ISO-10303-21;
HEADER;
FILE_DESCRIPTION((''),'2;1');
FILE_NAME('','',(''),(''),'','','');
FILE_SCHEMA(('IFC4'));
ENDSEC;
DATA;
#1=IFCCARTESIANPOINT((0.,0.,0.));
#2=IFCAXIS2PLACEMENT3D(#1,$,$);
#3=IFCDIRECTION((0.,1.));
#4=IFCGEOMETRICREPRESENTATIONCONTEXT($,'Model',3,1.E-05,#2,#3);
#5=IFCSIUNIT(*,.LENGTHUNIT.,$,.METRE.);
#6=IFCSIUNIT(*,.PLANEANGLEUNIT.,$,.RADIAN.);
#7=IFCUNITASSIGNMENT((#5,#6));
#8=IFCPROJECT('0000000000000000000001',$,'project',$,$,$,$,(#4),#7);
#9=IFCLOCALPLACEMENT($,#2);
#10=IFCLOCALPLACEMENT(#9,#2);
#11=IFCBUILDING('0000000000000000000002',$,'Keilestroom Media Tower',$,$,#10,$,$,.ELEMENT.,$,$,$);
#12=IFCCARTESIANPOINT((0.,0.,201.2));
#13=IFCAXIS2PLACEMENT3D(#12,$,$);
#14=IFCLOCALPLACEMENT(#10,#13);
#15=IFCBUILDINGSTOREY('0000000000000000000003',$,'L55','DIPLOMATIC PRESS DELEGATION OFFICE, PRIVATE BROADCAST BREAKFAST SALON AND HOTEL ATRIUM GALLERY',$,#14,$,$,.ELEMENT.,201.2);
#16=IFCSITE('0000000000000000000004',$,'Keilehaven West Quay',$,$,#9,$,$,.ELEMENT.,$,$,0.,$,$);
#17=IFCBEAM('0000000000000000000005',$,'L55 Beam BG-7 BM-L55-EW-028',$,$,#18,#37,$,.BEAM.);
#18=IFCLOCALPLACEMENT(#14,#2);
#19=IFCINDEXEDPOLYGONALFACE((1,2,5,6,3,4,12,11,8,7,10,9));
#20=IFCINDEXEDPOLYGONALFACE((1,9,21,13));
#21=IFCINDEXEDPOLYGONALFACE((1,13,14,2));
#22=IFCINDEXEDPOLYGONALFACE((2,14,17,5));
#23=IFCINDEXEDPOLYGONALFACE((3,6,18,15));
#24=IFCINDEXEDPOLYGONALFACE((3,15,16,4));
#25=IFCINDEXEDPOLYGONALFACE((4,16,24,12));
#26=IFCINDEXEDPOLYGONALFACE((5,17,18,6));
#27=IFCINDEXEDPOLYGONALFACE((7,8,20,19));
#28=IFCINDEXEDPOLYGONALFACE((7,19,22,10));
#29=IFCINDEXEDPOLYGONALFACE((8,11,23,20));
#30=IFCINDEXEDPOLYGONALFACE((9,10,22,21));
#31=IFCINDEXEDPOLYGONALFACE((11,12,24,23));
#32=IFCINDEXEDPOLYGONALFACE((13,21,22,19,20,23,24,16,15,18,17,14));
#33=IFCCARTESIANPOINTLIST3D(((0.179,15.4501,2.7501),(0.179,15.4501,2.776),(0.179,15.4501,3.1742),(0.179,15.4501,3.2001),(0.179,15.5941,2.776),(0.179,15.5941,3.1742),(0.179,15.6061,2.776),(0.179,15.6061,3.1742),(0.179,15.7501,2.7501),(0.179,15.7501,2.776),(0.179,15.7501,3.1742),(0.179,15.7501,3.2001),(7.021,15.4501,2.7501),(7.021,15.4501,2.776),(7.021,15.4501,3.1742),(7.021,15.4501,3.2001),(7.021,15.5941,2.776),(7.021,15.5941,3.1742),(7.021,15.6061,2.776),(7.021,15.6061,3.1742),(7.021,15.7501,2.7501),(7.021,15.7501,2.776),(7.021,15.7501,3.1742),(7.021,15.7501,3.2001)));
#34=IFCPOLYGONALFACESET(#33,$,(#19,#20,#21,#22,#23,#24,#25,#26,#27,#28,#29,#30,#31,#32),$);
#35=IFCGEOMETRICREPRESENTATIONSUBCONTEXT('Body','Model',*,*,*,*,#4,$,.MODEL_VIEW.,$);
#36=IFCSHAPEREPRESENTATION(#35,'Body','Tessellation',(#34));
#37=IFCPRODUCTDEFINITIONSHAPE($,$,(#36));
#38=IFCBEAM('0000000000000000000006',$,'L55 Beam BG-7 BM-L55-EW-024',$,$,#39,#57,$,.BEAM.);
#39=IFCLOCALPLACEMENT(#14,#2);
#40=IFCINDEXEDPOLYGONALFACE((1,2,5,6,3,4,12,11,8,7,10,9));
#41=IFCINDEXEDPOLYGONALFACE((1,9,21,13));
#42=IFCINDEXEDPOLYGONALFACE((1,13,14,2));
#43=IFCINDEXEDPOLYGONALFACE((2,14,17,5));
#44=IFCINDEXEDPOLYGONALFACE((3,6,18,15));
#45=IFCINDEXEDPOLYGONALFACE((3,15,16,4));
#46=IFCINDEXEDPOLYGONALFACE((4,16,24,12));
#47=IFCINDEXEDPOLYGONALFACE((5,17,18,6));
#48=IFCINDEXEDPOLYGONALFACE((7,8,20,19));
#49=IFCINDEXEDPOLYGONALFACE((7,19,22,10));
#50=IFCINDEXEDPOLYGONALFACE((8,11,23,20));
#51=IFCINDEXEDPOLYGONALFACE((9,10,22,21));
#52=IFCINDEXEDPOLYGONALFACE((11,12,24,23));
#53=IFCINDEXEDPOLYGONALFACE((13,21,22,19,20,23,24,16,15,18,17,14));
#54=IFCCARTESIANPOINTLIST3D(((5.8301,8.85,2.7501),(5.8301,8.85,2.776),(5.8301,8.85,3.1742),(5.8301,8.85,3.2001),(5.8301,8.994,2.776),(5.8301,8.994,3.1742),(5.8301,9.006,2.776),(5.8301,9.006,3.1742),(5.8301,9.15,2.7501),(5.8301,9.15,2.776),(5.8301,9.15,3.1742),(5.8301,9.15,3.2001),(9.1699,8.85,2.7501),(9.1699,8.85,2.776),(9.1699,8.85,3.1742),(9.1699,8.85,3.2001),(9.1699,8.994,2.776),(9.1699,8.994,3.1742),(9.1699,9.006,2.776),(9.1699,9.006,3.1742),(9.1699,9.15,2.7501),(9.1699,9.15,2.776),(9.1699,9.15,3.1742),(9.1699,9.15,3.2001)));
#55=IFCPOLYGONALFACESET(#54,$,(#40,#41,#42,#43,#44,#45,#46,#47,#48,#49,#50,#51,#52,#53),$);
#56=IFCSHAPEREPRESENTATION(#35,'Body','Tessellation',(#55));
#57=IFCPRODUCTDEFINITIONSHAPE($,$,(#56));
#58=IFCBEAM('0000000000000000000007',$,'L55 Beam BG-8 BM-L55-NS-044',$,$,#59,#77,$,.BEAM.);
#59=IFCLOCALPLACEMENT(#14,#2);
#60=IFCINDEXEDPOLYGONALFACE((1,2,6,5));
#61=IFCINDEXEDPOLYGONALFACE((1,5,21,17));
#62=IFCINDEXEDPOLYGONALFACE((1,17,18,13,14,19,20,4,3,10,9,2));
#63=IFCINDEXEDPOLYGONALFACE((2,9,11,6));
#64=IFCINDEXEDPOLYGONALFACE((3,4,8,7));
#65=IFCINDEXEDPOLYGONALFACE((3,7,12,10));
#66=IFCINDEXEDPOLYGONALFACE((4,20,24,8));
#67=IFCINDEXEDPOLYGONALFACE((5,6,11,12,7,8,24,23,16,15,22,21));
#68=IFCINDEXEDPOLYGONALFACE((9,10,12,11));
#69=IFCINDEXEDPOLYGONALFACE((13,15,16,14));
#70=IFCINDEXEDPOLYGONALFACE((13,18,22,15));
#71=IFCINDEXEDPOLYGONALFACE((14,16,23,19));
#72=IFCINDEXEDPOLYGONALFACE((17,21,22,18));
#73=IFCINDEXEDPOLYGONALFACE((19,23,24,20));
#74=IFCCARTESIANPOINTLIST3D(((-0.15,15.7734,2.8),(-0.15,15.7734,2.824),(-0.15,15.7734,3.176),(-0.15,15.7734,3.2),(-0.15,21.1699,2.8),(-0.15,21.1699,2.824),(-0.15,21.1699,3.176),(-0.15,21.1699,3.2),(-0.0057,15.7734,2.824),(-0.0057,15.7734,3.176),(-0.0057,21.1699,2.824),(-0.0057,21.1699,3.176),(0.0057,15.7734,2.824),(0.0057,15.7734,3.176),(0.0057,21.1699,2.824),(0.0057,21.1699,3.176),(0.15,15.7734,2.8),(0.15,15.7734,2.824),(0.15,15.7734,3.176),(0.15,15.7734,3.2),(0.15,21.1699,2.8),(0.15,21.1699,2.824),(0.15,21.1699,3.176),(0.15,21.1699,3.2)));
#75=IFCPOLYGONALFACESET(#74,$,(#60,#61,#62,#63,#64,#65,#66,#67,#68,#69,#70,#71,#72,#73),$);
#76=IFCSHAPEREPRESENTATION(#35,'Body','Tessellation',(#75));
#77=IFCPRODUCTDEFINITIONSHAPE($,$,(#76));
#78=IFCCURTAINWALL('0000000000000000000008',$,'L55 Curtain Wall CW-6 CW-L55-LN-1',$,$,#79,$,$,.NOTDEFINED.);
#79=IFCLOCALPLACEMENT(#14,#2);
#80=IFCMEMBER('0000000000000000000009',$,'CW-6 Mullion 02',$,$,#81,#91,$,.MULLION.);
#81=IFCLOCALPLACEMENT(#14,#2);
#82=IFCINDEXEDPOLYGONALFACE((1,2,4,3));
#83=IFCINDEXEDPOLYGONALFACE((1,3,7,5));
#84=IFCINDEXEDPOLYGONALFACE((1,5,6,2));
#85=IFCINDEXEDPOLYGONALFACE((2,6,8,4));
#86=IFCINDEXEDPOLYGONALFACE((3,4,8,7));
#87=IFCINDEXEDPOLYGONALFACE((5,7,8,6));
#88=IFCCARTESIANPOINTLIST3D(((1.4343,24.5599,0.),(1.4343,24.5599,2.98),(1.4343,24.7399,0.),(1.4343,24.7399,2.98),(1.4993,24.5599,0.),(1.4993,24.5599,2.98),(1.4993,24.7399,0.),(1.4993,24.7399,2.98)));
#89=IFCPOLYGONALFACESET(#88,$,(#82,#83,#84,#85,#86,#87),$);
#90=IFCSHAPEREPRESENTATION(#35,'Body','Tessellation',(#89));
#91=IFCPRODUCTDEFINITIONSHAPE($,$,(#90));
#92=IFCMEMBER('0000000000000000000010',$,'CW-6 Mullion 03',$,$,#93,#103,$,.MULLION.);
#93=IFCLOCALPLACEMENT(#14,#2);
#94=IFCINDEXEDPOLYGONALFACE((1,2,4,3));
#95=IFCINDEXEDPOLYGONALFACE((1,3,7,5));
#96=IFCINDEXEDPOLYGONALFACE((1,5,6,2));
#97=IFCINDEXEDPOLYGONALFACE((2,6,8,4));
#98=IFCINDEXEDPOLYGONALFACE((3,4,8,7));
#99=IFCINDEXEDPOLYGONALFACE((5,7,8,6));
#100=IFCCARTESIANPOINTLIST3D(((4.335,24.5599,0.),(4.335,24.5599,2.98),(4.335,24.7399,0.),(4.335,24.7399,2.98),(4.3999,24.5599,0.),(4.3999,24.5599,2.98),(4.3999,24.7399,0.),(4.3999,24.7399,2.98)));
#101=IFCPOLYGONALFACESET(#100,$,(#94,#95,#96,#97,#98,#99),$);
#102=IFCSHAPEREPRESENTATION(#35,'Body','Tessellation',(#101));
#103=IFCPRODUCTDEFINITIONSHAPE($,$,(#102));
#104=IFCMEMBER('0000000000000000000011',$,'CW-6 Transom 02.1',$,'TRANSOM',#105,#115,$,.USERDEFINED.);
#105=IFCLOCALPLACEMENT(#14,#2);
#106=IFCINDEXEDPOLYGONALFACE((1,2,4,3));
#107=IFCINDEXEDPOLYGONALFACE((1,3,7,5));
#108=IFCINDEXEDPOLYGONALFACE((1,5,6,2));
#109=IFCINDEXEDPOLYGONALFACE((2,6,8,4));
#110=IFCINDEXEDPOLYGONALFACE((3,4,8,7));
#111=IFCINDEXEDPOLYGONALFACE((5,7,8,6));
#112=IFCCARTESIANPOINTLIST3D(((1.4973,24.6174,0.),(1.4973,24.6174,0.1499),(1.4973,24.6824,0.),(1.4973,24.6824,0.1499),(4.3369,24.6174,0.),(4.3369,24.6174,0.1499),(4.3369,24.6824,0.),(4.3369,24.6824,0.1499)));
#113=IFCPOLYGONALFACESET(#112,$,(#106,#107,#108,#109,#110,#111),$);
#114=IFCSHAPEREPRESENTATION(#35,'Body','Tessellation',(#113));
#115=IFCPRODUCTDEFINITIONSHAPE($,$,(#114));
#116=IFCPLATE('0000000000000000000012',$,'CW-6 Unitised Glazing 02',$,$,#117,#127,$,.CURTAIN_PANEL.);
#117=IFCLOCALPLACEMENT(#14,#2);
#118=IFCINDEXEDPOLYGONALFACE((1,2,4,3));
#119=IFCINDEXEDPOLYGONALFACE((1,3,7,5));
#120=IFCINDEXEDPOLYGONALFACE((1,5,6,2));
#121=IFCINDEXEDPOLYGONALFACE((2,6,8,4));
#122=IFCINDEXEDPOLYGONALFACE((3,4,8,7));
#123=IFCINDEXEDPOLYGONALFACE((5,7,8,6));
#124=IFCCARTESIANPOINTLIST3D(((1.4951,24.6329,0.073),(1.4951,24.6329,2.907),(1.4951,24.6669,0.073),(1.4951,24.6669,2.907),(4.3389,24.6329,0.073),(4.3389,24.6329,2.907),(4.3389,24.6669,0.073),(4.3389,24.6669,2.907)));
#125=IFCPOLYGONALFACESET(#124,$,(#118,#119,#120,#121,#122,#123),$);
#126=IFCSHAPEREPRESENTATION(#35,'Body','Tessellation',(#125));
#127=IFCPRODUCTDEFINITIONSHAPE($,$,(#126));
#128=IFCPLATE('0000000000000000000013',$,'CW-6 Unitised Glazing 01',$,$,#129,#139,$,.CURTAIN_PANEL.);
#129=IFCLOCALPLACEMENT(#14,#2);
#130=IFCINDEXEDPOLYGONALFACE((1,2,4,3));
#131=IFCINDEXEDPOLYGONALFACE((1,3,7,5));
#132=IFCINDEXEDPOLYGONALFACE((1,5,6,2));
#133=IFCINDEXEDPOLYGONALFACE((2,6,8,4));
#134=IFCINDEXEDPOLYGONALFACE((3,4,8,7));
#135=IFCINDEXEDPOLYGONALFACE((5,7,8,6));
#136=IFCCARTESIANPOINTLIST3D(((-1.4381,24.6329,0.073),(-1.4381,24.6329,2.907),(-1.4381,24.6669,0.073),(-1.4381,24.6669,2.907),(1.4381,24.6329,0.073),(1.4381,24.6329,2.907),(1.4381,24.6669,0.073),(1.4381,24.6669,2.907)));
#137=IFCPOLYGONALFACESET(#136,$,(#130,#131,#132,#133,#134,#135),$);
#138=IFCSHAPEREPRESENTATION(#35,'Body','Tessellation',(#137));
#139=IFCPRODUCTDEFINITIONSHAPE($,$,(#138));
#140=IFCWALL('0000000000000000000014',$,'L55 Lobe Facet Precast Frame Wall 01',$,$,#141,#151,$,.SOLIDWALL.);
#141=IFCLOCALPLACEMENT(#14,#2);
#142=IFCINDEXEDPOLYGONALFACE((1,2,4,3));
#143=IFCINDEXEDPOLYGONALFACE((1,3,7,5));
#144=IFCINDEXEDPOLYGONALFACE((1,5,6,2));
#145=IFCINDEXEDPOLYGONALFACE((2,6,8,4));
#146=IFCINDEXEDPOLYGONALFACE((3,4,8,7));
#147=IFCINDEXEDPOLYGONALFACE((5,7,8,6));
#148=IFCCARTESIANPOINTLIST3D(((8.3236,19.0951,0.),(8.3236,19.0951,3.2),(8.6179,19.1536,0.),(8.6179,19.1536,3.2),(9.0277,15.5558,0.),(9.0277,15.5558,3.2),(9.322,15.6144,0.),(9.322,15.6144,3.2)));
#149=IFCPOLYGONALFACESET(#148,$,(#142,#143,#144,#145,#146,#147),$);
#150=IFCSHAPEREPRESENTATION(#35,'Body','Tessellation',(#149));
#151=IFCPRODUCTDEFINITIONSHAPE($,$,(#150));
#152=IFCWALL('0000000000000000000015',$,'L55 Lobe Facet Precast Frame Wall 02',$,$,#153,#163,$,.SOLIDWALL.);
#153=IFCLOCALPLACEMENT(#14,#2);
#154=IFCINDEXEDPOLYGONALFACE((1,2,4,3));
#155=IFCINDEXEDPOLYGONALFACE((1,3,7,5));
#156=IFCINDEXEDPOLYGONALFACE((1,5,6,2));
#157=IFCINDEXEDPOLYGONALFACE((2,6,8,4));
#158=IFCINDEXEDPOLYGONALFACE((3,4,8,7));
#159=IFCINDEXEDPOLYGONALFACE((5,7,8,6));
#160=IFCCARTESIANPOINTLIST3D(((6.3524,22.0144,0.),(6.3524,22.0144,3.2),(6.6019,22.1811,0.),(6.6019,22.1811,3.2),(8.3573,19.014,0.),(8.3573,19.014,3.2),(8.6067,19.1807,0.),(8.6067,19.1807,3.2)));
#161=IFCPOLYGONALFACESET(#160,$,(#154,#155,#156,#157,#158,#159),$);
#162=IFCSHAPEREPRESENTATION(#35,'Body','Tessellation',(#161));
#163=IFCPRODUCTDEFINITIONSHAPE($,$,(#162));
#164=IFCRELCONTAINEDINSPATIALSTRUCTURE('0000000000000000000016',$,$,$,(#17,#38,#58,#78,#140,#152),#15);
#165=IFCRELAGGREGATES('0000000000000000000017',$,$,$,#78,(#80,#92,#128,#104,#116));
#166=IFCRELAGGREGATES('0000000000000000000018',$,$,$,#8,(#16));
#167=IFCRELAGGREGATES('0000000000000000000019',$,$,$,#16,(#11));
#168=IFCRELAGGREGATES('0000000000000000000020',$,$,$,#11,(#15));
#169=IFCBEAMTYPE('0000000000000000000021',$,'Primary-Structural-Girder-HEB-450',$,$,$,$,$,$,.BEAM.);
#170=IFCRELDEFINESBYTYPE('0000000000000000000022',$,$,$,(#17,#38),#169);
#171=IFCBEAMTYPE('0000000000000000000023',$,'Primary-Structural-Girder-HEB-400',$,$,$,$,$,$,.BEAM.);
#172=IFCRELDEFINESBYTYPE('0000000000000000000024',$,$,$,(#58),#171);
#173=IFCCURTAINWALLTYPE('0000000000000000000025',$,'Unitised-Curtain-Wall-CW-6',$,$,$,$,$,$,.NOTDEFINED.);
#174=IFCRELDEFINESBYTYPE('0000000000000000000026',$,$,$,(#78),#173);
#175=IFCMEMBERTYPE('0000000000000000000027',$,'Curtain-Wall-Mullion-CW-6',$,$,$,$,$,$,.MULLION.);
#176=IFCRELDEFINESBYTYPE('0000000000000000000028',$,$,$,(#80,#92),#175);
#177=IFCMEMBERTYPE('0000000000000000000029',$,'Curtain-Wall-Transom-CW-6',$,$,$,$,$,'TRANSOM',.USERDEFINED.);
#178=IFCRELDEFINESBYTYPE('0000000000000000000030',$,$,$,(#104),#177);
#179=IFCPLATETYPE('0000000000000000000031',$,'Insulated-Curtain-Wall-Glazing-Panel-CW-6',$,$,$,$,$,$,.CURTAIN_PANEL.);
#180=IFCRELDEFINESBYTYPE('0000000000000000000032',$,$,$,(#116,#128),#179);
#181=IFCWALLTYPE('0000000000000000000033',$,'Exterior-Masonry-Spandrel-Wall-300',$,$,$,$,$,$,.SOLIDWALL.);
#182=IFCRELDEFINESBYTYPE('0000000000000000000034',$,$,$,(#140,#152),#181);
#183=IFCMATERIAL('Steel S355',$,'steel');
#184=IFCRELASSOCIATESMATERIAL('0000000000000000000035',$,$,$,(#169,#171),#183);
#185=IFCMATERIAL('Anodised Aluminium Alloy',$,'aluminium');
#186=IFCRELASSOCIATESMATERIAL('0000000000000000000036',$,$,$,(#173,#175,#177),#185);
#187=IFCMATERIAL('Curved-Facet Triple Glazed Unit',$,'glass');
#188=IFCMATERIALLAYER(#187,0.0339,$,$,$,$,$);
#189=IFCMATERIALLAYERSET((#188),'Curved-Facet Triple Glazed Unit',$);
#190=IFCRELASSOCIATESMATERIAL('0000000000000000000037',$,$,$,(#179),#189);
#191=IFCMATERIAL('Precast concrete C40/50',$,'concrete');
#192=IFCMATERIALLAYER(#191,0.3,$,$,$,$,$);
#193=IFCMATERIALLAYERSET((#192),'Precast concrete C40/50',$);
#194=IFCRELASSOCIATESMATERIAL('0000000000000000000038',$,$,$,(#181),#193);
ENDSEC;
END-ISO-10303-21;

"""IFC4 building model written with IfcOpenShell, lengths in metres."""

from ifc_helpers import new_model, si_unit, direction, frame, frame_2d, origin, origin_2d, place, context, subcontext, project, spatial, rectangle, i_section, extrude, source, transform, mapped, material, layer, layer_set, material_profile, profile_set, type_object, element, aggregate, save


model = new_model("IFC4")

# Units and contexts
model_context = context("Model", 3, precision=1e-05, world=origin(), true_north=direction((0.0, 1.0)))
body_context = subcontext(model_context, "Body", "Model", "MODEL_VIEW")
ifc_project = project(units=[si_unit("LENGTHUNIT", "METRE"), si_unit("PLANEANGLEUNIT", "RADIAN")], contexts=[model_context])

# Site, building, storey
site_placement = place(None, origin())
site = spatial("IfcSite", under=ifc_project, at=site_placement, Name="Keilehaven West Quay", CompositionType="ELEMENT", RefElevation=0.0)
building_placement = place(site_placement, origin())
building = spatial("IfcBuilding", under=site, at=building_placement, Name="Keilestroom Media Tower", CompositionType="ELEMENT")
storey_placement = place(building_placement, frame((0.0, 0.0, 201.2)))
storey = spatial("IfcBuildingStorey", under=building, at=storey_placement, Name="L55", Description="DIPLOMATIC PRESS DELEGATION OFFICE, PRIVATE BROADCAST BREAKFAST SALON AND HOTEL ATRIUM GALLERY", CompositionType="ELEMENT", Elevation=201.2)

# Shared definitions
ifc_material_1 = material(Name="Precast concrete C40/50", Category="concrete")
ifc_material_2 = material(Name="Steel S355", Category="steel")

# Beams
ifc_material_profile_1 = material_profile(ifc_material_2, i_section(OverallWidth=0.3, OverallDepth=0.45, WebThickness=0.012, FlangeThickness=0.0259, at=origin_2d()), Name="HEB 450")
ifc_profile_set_1 = profile_set([ifc_material_profile_1], Name="Steel S355")
beam_type_1 = type_object("IfcBeamType", Name="Primary-Structural-Girder-HEB-450", PredefinedType="BEAM", material=ifc_profile_set_1)
shared_shape_1 = source(origin(), body_context, "Body", "SweptSolid", [
    extrude(i_section(OverallWidth=0.3, OverallDepth=0.45, WebThickness=0.012, FlangeThickness=0.0259, at=origin_2d()), origin(), (0.0, 0.0, 1.0), 6.842),
])
for number, where, z_axis, x_axis, name in (
    (1, (0.179, 15.6001, 2.9751), (1.0, 0.0, 0.0), (0.0, 1.0, 0.0), "L55 Beam BG-7 BM-L55-EW-028"),
):
    element("IfcBeam", number, at=place(storey_placement, frame(where, z_axis=z_axis, x_axis=x_axis)), inside=storey, type_object=beam_type_1, Name=name, PredefinedType="BEAM", context=body_context, shape_type="MappedRepresentation", body=[
        mapped(shared_shape_1, transform((0.0, 0.0, 0.0), x_axis=(1.0, 0.0, 0.0), y_axis=(0.0, 1.0, 0.0), z_axis=(0.0, 0.0, 1.0), scale=1.0)),
    ])
shared_shape_2 = source(origin(), body_context, "Body", "SweptSolid", [
    extrude(i_section(OverallWidth=0.3, OverallDepth=0.45, WebThickness=0.012, FlangeThickness=0.0259, at=origin_2d()), origin(), (0.0, 0.0, 1.0), 3.3398),
])
beam_1_placement = place(storey_placement, frame((5.8301, 9.0, 2.9751), z_axis=(1.0, 0.0, 0.0), x_axis=(0.0, 1.0, 0.0)))
element("IfcBeam", 2, at=beam_1_placement, inside=storey, type_object=beam_type_1, Name="L55 Beam BG-7 BM-L55-EW-024", PredefinedType="BEAM", context=body_context, shape_type="MappedRepresentation", body=[
    mapped(shared_shape_2, transform((0.0, 0.0, 0.0), x_axis=(1.0, 0.0, 0.0), y_axis=(0.0, 1.0, 0.0), z_axis=(0.0, 0.0, 1.0), scale=1.0)),
])
ifc_material_profile_2 = material_profile(ifc_material_2, i_section(OverallWidth=0.3, OverallDepth=0.3999, WebThickness=0.0115, FlangeThickness=0.0239, at=origin_2d()), Name="HEB 400")
ifc_profile_set_2 = profile_set([ifc_material_profile_2], Name="Steel S355")
beam_type_2 = type_object("IfcBeamType", Name="Primary-Structural-Girder-HEB-400", PredefinedType="BEAM", material=ifc_profile_set_2)
shared_shape_3 = source(origin(), body_context, "Body", "SweptSolid", [
    extrude(i_section(OverallWidth=0.3, OverallDepth=0.3999, WebThickness=0.0115, FlangeThickness=0.0239, at=origin_2d()), origin(), (0.0, 0.0, 1.0), 5.3965),
])
beam_2_placement = place(storey_placement, frame((0.0, 15.7734, 3.0), z_axis=(0.0, 1.0, 0.0), x_axis=(-1.0, 0.0, 0.0)))
element("IfcBeam", 3, at=beam_2_placement, inside=storey, type_object=beam_type_2, Name="L55 Beam BG-8 BM-L55-NS-044", PredefinedType="BEAM", context=body_context, shape_type="MappedRepresentation", body=[
    mapped(shared_shape_3, transform((0.0, 0.0, 0.0), x_axis=(1.0, 0.0, 0.0), y_axis=(0.0, 1.0, 0.0), z_axis=(0.0, 0.0, 1.0), scale=1.0)),
])

# Curtain wall, members, plates
ifc_material_3 = material(Name="Anodised Aluminium Alloy", Category="aluminium")
curtain_wall_type = type_object("IfcCurtainWallType", Name="Unitised-Curtain-Wall-CW-6", PredefinedType="NOTDEFINED", material=ifc_material_3)
curtain_wall_placement = place(storey_placement, origin())
curtain_wall = element("IfcCurtainWall", 4, at=curtain_wall_placement, inside=storey, type_object=curtain_wall_type, Name="L55 Curtain Wall CW-6 CW-L55-LN-1", PredefinedType="NOTDEFINED")
ifc_material_profile_3 = material_profile(ifc_material_3, rectangle(XDim=0.0649, YDim=0.1799, at=origin_2d()), Name="ALU MULLION 65x180")
ifc_profile_set_3 = profile_set([ifc_material_profile_3], Name="Anodised Aluminium Alloy")
member_type_1 = type_object("IfcMemberType", Name="Curtain-Wall-Mullion-CW-6", PredefinedType="MULLION", material=ifc_profile_set_3)
shared_shape_4 = source(origin(), body_context, "Body", "SweptSolid", [
    extrude(rectangle(XDim=0.0649, YDim=0.1799, at=origin_2d()), origin(), (0.0, 0.0, 1.0), 2.98),
])
member_1_placement = place(storey_placement, frame((1.4668, 24.6499, 0.0), z_axis=(0.0, 0.0, 1.0), x_axis=(1.0, 0.0, 0.0)))
member_1 = element("IfcMember", 5, at=member_1_placement, type_object=member_type_1, Name="CW-6 Mullion 02", PredefinedType="MULLION", context=body_context, shape_type="MappedRepresentation", body=[
    mapped(shared_shape_4, transform((0.0, 0.0, 0.0), x_axis=(1.0, 0.0, 0.0), y_axis=(0.0, 1.0, 0.0), z_axis=(0.0, 0.0, 1.0), scale=1.0)),
])
member_2_placement = place(storey_placement, frame((4.3674, 24.6499, 0.0), z_axis=(0.0, 0.0, 1.0), x_axis=(1.0, 0.0, 0.0)))
member_2 = element("IfcMember", 6, at=member_2_placement, type_object=member_type_1, Name="CW-6 Mullion 03", PredefinedType="MULLION", context=body_context, shape_type="MappedRepresentation", body=[
    mapped(shared_shape_4, transform((0.0, 0.0, 0.0), x_axis=(1.0, 0.0, 0.0), y_axis=(0.0, 1.0, 0.0), z_axis=(0.0, 0.0, 1.0), scale=1.0)),
])
ifc_material_profile_4 = material_profile(ifc_material_3, rectangle(XDim=0.0649, YDim=0.1499, at=origin_2d()), Name="ALU TRANSOM 65x150")
ifc_profile_set_4 = profile_set([ifc_material_profile_4], Name="Anodised Aluminium Alloy")
member_type_2 = type_object("IfcMemberType", Name="Curtain-Wall-Transom-CW-6", ElementType="TRANSOM", PredefinedType="USERDEFINED", material=ifc_profile_set_4)
shared_shape_5 = source(origin(), body_context, "Body", "SweptSolid", [
    extrude(rectangle(XDim=0.0649, YDim=0.1499, at=origin_2d()), origin(), (0.0, 0.0, 1.0), 2.8396),
])
member_3_placement = place(storey_placement, frame((1.4973, 24.6499, 0.075), z_axis=(1.0, 0.0, 0.0), x_axis=(0.0, 1.0, 0.0)))
member_3 = element("IfcMember", 7, at=member_3_placement, type_object=member_type_2, Name="CW-6 Transom 02.1", ObjectType="TRANSOM", PredefinedType="USERDEFINED", context=body_context, shape_type="MappedRepresentation", body=[
    mapped(shared_shape_5, transform((0.0, 0.0, 0.0), x_axis=(1.0, 0.0, 0.0), y_axis=(0.0, 1.0, 0.0), z_axis=(0.0, 0.0, 1.0), scale=1.0)),
])
ifc_material_4 = material(Name="Curved-Facet Triple Glazed Unit", Category="glass")
ifc_layer_1 = layer(ifc_material_4, 0.0339)
ifc_layer_set_1 = layer_set([ifc_layer_1], Name="Curved-Facet Triple Glazed Unit")
plate_type = type_object("IfcPlateType", Name="Insulated-Curtain-Wall-Glazing-Panel-CW-6", PredefinedType="CURTAIN_PANEL", material=ifc_layer_set_1)
shared_shape_6 = source(origin(), body_context, "Body", "SweptSolid", [
    extrude(rectangle(XDim=2.8438, YDim=0.0339, at=origin_2d()), origin(), (0.0, 0.0, 1.0), 2.834),
])
plate_1_placement = place(storey_placement, frame((2.917, 24.6499, 0.073), z_axis=(0.0, 0.0, 1.0), x_axis=(1.0, 0.0, 0.0)))
plate_1 = element("IfcPlate", 8, at=plate_1_placement, type_object=plate_type, Name="CW-6 Unitised Glazing 02", PredefinedType="CURTAIN_PANEL", context=body_context, shape_type="MappedRepresentation", body=[
    mapped(shared_shape_6, transform((0.0, 0.0, 0.0), x_axis=(1.0, 0.0, 0.0), y_axis=(0.0, 1.0, 0.0), z_axis=(0.0, 0.0, 1.0), scale=1.0)),
])
shared_shape_7 = source(origin(), body_context, "Body", "SweptSolid", [
    extrude(rectangle(XDim=2.8762, YDim=0.0339, at=origin_2d()), origin(), (0.0, 0.0, 1.0), 2.834),
])
plate_2_placement = place(storey_placement, frame((0.0, 24.6499, 0.073), z_axis=(0.0, 0.0, 1.0), x_axis=(1.0, 0.0, 0.0)))
plate_2 = element("IfcPlate", 9, at=plate_2_placement, type_object=plate_type, Name="CW-6 Unitised Glazing 01", PredefinedType="CURTAIN_PANEL", context=body_context, shape_type="MappedRepresentation", body=[
    mapped(shared_shape_7, transform((0.0, 0.0, 0.0), x_axis=(1.0, 0.0, 0.0), y_axis=(0.0, 1.0, 0.0), z_axis=(0.0, 0.0, 1.0), scale=1.0)),
])
aggregate(curtain_wall, [member_1, member_2, plate_2, member_3, plate_1])

# Walls
ifc_layer_2 = layer(ifc_material_1, 0.3)
ifc_layer_set_2 = layer_set([ifc_layer_2], Name="Precast concrete C40/50")
wall_type_1 = type_object("IfcWallType", Name="Exterior-Masonry-Spandrel-Wall-300", PredefinedType="SOLIDWALL", material=ifc_layer_set_2)
for number, where, z_axis, x_axis, name in (
    (10, (9.1748, 15.5852, 0.0), (0.0, 0.0, 1.0), (-0.195114, 0.980781, 0.0), "L55 Lobe Facet Precast Frame Wall 01"),
    (11, (8.4819, 19.0974, 0.0), (0.0, 0.0, 1.0), (-0.555574, 0.831467, 0.0), "L55 Lobe Facet Precast Frame Wall 02"),
):
    element("IfcWall", number, at=place(storey_placement, frame(where, z_axis=z_axis, x_axis=x_axis)), inside=storey, type_object=wall_type_1, Name=name, PredefinedType="SOLIDWALL", context=body_context, shape_type="SweptSolid", body=[
        extrude(rectangle(XDim=3.6086, YDim=0.3, at=frame_2d((1.8042, 0.0))), origin(), (0.0, 0.0, 1.0), 3.2),
    ])

save(model, "model.ifc")
